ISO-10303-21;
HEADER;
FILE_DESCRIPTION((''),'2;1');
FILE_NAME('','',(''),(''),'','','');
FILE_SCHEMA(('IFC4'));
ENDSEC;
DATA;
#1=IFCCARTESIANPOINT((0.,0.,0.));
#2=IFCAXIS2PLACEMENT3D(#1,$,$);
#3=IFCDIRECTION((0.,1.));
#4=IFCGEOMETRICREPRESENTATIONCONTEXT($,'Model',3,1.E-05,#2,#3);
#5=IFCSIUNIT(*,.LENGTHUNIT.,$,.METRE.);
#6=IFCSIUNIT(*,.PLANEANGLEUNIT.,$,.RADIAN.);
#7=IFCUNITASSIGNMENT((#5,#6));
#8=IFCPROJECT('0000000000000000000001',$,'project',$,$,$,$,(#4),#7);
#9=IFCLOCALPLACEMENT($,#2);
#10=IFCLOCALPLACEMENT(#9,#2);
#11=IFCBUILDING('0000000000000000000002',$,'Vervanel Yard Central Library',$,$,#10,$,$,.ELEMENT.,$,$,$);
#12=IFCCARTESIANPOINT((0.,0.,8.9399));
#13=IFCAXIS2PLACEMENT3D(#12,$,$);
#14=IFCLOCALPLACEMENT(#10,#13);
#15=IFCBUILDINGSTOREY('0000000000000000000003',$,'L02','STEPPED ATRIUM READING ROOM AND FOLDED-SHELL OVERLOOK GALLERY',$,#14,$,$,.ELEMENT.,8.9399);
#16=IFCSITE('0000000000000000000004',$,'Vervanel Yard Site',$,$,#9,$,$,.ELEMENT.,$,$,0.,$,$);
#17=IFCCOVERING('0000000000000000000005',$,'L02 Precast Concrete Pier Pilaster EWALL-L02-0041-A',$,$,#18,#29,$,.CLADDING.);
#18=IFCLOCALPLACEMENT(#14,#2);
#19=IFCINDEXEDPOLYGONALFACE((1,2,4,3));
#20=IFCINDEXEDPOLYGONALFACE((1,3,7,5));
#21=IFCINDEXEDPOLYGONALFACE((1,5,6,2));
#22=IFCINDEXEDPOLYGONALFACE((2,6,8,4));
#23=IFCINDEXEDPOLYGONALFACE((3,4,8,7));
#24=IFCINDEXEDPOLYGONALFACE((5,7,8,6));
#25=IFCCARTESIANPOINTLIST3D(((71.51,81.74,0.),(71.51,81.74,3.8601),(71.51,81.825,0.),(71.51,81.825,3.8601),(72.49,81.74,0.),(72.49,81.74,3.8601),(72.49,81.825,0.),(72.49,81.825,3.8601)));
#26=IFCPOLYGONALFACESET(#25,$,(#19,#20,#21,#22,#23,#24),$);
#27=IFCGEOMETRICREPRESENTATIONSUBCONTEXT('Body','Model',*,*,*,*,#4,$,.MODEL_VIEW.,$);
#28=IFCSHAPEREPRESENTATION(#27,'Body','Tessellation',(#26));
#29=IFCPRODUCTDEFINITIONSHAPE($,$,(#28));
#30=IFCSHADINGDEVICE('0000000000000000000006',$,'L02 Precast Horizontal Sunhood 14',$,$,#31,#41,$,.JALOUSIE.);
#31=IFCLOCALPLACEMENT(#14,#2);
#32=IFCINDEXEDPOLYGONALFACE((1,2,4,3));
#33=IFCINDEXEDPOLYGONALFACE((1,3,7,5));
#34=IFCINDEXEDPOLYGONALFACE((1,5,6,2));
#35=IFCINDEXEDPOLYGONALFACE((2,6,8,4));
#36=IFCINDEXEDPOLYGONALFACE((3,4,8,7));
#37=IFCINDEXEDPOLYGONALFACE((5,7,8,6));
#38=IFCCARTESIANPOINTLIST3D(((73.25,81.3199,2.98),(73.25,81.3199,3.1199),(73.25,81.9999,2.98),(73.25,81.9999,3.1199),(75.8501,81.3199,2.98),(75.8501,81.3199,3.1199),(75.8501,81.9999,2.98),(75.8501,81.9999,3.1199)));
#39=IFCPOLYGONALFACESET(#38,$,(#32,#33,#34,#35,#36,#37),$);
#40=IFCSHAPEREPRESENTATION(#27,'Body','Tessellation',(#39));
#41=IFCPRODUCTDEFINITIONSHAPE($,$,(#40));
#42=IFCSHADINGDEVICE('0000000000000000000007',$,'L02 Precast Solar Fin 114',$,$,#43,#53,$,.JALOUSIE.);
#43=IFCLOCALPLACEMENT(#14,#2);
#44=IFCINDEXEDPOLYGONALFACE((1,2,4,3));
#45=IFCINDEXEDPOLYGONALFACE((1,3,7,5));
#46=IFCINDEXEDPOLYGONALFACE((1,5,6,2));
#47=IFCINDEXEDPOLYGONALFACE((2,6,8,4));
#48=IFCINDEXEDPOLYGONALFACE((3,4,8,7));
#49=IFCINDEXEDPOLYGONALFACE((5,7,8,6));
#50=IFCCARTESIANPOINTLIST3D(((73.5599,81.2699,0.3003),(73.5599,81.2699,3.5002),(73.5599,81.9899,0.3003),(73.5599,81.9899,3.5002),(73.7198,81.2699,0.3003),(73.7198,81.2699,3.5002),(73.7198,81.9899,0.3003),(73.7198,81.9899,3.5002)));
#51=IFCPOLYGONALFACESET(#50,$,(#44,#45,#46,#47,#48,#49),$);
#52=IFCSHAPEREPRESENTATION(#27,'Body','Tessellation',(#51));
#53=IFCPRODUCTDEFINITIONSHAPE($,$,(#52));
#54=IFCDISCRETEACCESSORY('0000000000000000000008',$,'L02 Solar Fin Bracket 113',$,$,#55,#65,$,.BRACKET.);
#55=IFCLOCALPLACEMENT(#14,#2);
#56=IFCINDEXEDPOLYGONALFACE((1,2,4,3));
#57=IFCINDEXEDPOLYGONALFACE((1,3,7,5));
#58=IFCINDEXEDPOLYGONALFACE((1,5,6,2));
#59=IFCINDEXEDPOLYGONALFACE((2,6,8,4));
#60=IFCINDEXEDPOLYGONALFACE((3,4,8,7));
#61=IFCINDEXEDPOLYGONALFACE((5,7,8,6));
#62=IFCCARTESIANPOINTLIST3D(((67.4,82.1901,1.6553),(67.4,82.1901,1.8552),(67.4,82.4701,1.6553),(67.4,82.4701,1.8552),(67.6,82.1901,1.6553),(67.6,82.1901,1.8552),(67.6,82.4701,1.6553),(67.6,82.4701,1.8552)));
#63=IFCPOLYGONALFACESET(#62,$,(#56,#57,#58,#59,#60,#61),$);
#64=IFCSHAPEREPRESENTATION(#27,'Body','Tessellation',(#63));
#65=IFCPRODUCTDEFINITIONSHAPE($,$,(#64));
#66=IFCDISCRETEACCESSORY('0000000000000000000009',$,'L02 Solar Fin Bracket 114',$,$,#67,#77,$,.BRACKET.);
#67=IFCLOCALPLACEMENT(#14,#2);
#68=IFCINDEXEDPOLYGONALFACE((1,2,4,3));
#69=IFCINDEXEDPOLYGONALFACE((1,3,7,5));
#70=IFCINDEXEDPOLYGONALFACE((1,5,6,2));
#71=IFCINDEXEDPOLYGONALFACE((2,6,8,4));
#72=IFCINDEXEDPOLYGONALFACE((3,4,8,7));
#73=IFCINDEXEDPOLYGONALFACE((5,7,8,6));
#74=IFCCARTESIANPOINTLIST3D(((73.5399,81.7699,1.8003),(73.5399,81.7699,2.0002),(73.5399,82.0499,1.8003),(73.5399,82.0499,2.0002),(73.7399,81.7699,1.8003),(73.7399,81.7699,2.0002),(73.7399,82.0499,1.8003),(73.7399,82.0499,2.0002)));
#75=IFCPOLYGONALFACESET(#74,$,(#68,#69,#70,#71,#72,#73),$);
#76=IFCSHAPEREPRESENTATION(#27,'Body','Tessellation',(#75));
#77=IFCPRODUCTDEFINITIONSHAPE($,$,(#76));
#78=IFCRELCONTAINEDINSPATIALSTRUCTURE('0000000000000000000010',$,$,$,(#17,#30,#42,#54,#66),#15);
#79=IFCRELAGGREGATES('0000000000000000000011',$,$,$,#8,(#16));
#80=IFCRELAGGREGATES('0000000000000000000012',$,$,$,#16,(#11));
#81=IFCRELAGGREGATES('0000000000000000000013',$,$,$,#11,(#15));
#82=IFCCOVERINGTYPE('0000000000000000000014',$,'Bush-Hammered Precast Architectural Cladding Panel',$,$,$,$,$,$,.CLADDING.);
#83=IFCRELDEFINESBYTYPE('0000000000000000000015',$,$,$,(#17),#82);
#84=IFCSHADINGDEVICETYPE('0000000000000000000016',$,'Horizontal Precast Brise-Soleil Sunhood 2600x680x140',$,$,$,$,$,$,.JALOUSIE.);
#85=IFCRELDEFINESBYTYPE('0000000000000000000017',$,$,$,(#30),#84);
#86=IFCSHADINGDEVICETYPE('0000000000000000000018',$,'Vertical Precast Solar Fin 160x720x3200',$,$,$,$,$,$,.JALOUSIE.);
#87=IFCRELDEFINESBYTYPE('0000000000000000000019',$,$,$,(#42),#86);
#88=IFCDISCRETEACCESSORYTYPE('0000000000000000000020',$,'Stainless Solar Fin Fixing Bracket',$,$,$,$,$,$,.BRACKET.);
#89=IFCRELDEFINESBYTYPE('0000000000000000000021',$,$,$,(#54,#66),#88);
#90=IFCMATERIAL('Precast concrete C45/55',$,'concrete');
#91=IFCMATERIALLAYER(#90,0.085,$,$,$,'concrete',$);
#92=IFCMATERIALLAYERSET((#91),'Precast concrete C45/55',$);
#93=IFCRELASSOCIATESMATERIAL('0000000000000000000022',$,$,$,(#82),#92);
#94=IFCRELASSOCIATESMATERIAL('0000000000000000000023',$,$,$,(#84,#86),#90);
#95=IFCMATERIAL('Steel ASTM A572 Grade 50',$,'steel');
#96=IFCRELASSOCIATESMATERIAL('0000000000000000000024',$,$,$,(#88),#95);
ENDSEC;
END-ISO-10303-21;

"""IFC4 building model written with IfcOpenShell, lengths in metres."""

from ifc_helpers import new_model, si_unit, direction, frame, origin, origin_2d, place, context, subcontext, project, spatial, rectangle, extrude, material, layer, layer_set, type_object, element, save


model = new_model("IFC4")

# Units and contexts
model_context = context("Model", 3, precision=1e-05, world=origin(), true_north=direction((0.0, 1.0)))
body_context = subcontext(model_context, "Body", "Model", "MODEL_VIEW")
ifc_project = project(units=[si_unit("LENGTHUNIT", "METRE"), si_unit("PLANEANGLEUNIT", "RADIAN")], contexts=[model_context])

# Site, building, storey
site_placement = place(None, origin())
site = spatial("IfcSite", under=ifc_project, at=site_placement, Name="Vervanel Yard Site", CompositionType="ELEMENT", RefElevation=0.0)
building_placement = place(site_placement, origin())
building = spatial("IfcBuilding", under=site, at=building_placement, Name="Vervanel Yard Central Library", CompositionType="ELEMENT")
storey_placement = place(building_placement, frame((0.0, 0.0, 8.9399)))
storey = spatial("IfcBuildingStorey", under=building, at=storey_placement, Name="L02", Description="STEPPED ATRIUM READING ROOM AND FOLDED-SHELL OVERLOOK GALLERY", CompositionType="ELEMENT", Elevation=8.9399)

# Covering
ifc_material_1 = material(Name="Precast concrete C45/55", Category="concrete")
ifc_layer_1 = layer(ifc_material_1, 0.085, Category="concrete")
ifc_layer_set_1 = layer_set([ifc_layer_1], Name="Precast concrete C45/55")
covering_type = type_object("IfcCoveringType", Name="Bush-Hammered Precast Architectural Cladding Panel", PredefinedType="CLADDING", material=ifc_layer_set_1)
covering_placement = place(storey_placement, frame((72.0, 81.7825, 0.0), z_axis=(0.0, 0.0, 1.0), x_axis=(1.0, 0.0, 0.0)))
element("IfcCovering", 1, at=covering_placement, inside=storey, type_object=covering_type, Name="L02 Precast Concrete Pier Pilaster EWALL-L02-0041-A", PredefinedType="CLADDING", context=body_context, shape_type="SweptSolid", body=[
    extrude(rectangle(XDim=0.98, YDim=0.085, at=origin_2d()), origin(), (0.0, 0.0, 1.0), 3.8601),
])

# Shading devices
shading_device_type_1 = type_object("IfcShadingDeviceType", Name="Horizontal Precast Brise-Soleil Sunhood 2600x680x140", PredefinedType="JALOUSIE", material=ifc_material_1)
shading_device_1_placement = place(storey_placement, frame((74.55, 81.6599, 2.98), z_axis=(0.0, 0.0, 1.0), x_axis=(1.0, 0.0, 0.0)))
element("IfcShadingDevice", 2, at=shading_device_1_placement, inside=storey, type_object=shading_device_type_1, Name="L02 Precast Horizontal Sunhood 14", PredefinedType="JALOUSIE", context=body_context, shape_type="SweptSolid", body=[
    extrude(rectangle(XDim=2.6001, YDim=0.6799, at=origin_2d()), origin(), (0.0, 0.0, 1.0), 0.1399),
])
shading_device_type_2 = type_object("IfcShadingDeviceType", Name="Vertical Precast Solar Fin 160x720x3200", PredefinedType="JALOUSIE", material=ifc_material_1)
shading_device_2_placement = place(storey_placement, frame((73.6399, 81.6299, 0.3003), z_axis=(0.0, 0.0, 1.0), x_axis=(1.0, 0.0, 0.0)))
element("IfcShadingDevice", 3, at=shading_device_2_placement, inside=storey, type_object=shading_device_type_2, Name="L02 Precast Solar Fin 114", PredefinedType="JALOUSIE", context=body_context, shape_type="SweptSolid", body=[
    extrude(rectangle(XDim=0.1599, YDim=0.72, at=origin_2d()), origin(), (0.0, 0.0, 1.0), 3.2),
])

# Discrete accessories
ifc_material_2 = material(Name="Steel ASTM A572 Grade 50", Category="steel")
discrete_accessory_type = type_object("IfcDiscreteAccessoryType", Name="Stainless Solar Fin Fixing Bracket", PredefinedType="BRACKET", material=ifc_material_2)
for number, where, z_axis, x_axis, name in (
    (4, (67.5, 82.3301, 1.6553), (0.0, 0.0, 1.0), (1.0, 0.0, 0.0), "L02 Solar Fin Bracket 113"),
    (5, (73.6399, 81.9099, 1.8003), (0.0, 0.0, 1.0), (1.0, 0.0, 0.0), "L02 Solar Fin Bracket 114"),
):
    element("IfcDiscreteAccessory", number, at=place(storey_placement, frame(where, z_axis=z_axis, x_axis=x_axis)), inside=storey, type_object=discrete_accessory_type, Name=name, PredefinedType="BRACKET", context=body_context, shape_type="SweptSolid", body=[
        extrude(rectangle(XDim=0.2, YDim=0.28, at=origin_2d()), origin(), (0.0, 0.0, 1.0), 0.2),
    ])

save(model, "model.ifc")
